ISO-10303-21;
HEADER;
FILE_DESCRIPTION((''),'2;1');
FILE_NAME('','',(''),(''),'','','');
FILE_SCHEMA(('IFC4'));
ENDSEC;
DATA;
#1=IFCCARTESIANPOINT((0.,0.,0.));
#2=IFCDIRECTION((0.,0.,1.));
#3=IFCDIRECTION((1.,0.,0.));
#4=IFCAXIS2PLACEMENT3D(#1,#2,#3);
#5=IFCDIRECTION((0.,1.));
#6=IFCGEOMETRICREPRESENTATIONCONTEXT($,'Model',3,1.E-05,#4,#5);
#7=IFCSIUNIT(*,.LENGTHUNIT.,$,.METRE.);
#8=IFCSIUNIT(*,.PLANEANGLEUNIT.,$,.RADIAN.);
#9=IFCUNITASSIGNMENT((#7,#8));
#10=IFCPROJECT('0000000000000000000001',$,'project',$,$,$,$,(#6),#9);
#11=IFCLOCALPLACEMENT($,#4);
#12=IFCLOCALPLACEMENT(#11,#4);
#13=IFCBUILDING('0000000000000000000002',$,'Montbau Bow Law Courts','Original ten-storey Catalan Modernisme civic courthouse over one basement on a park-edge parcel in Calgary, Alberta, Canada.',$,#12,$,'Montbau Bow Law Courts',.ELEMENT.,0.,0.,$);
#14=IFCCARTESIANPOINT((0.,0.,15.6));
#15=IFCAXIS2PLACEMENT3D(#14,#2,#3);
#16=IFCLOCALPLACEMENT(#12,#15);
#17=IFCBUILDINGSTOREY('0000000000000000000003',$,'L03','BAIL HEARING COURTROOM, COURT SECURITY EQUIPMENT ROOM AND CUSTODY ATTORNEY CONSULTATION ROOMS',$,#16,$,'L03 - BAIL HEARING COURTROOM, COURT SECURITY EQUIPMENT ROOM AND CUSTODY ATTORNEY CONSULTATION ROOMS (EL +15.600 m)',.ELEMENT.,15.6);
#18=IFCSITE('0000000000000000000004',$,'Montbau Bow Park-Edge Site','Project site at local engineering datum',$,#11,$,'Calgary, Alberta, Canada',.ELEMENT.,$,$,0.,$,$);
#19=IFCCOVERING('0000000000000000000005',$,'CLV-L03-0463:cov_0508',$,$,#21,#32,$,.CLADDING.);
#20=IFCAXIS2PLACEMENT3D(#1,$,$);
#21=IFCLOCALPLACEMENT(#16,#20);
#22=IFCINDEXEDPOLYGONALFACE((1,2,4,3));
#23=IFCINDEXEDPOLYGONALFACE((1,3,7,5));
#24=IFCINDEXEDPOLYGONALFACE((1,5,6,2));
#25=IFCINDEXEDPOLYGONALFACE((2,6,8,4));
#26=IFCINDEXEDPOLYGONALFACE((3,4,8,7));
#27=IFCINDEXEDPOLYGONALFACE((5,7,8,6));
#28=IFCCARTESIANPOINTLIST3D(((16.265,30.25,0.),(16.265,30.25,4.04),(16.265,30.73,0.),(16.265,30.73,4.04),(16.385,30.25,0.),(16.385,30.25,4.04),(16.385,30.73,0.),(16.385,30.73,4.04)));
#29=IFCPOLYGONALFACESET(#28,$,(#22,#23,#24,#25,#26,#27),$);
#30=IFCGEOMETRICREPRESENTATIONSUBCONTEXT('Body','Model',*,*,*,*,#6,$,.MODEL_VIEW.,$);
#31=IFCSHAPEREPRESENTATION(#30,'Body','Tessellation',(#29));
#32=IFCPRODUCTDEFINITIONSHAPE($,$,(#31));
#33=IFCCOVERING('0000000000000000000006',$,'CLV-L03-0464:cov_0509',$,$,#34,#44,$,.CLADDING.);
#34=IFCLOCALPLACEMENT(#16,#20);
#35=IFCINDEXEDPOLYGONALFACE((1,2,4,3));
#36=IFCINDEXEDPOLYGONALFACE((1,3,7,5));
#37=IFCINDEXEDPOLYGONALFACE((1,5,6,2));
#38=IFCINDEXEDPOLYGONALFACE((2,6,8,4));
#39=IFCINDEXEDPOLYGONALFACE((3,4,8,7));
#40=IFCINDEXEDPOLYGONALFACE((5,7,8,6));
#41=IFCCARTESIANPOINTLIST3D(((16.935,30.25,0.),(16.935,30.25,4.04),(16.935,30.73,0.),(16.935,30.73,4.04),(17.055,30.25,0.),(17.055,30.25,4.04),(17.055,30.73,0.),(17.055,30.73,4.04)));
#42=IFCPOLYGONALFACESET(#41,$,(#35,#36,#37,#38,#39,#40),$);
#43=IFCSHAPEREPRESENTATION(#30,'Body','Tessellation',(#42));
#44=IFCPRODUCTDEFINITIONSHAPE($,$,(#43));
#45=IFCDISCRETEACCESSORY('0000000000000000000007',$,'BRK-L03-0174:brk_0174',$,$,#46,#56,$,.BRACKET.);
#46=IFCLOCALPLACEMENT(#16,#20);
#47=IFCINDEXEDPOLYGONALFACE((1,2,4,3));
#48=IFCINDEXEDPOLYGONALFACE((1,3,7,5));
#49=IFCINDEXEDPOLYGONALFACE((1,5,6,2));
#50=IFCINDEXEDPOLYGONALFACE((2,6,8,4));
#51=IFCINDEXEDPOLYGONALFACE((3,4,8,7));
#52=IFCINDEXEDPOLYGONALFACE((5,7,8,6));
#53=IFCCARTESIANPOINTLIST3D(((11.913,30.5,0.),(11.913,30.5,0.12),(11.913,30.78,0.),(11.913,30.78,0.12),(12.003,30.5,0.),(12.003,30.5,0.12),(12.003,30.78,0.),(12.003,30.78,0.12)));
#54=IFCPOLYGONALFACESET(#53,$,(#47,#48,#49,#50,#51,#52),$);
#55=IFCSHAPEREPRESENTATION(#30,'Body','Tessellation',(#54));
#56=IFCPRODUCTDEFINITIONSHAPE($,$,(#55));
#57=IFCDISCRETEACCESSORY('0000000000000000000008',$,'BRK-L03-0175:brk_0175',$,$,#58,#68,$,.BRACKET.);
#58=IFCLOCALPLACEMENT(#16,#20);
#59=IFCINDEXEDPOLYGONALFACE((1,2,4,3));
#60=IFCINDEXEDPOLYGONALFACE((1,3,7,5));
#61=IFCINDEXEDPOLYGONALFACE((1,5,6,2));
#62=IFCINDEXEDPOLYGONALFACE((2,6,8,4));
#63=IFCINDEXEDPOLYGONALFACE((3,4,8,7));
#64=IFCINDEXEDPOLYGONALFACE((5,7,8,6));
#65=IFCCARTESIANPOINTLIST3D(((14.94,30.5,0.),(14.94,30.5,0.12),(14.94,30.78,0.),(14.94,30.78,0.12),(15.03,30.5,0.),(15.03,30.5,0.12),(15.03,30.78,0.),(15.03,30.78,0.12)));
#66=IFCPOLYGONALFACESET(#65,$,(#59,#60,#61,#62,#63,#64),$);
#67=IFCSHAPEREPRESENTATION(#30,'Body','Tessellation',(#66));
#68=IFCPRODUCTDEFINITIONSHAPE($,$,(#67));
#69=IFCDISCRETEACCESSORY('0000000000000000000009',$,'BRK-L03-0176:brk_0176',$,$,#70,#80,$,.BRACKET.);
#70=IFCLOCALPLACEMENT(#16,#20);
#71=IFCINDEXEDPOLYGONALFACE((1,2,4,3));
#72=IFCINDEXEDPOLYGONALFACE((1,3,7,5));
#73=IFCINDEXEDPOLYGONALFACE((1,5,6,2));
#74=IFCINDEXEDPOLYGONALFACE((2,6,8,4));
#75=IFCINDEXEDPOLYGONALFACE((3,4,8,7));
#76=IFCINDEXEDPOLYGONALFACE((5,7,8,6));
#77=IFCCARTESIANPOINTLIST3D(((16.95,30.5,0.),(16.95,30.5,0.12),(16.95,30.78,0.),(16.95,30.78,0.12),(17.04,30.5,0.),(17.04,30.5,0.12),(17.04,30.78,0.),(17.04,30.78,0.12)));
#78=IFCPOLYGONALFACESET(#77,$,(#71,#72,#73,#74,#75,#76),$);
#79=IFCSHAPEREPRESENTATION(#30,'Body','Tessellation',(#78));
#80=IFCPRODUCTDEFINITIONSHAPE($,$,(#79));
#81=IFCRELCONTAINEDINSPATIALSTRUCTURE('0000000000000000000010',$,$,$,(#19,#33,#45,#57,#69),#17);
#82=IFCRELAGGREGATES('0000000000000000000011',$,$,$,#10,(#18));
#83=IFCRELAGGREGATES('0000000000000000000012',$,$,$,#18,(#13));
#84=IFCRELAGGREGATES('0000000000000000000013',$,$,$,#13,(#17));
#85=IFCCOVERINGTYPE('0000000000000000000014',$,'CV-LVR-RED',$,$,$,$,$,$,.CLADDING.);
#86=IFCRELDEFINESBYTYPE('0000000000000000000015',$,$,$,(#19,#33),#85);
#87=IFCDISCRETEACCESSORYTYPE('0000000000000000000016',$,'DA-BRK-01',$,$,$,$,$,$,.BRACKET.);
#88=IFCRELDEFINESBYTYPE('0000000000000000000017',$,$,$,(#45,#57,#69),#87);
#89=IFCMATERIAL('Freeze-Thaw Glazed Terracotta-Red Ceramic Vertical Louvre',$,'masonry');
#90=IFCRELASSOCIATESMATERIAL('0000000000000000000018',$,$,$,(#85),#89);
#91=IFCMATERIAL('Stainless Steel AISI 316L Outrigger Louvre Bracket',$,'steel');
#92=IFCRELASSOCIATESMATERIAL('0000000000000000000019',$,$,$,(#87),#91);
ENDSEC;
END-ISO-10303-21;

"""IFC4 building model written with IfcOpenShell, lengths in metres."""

from ifc_helpers import new_model, si_unit, direction, frame, frame_2d, origin_with_axes, origin_2d_with_axis, place, context, subcontext, project, spatial, rectangle, extrude, material, type_object, element, save


model = new_model("IFC4")

# Units and contexts
model_context = context("Model", 3, precision=1e-05, world=origin_with_axes(), true_north=direction((0.0, 1.0)))
body_context = subcontext(model_context, "Body", "Model", "MODEL_VIEW")
ifc_project = project(units=[si_unit("LENGTHUNIT", "METRE"), si_unit("PLANEANGLEUNIT", "RADIAN")], contexts=[model_context])

# Site, building, storey
site_placement = place(None, origin_with_axes())
site = spatial("IfcSite", under=ifc_project, at=site_placement, Name="Montbau Bow Park-Edge Site", Description="Project site at local engineering datum", LongName="Calgary, Alberta, Canada", CompositionType="ELEMENT", RefElevation=0.0)
building_placement = place(site_placement, origin_with_axes())
building = spatial("IfcBuilding", under=site, at=building_placement, Name="Montbau Bow Law Courts", Description="Original ten-storey Catalan Modernisme civic courthouse over one basement on a park-edge parcel in Calgary, Alberta, Canada.", LongName="Montbau Bow Law Courts", CompositionType="ELEMENT", ElevationOfRefHeight=0.0, ElevationOfTerrain=0.0)
storey_placement = place(building_placement, frame((0.0, 0.0, 15.6), z_axis=(0.0, 0.0, 1.0), x_axis=(1.0, 0.0, 0.0)))
storey = spatial("IfcBuildingStorey", under=building, at=storey_placement, Name="L03", Description="BAIL HEARING COURTROOM, COURT SECURITY EQUIPMENT ROOM AND CUSTODY ATTORNEY CONSULTATION ROOMS", LongName="L03 - BAIL HEARING COURTROOM, COURT SECURITY EQUIPMENT ROOM AND CUSTODY ATTORNEY CONSULTATION ROOMS (EL +15.600 m)", CompositionType="ELEMENT", Elevation=15.6)

# Coverings
ifc_material_1 = material(Name="Freeze-Thaw Glazed Terracotta-Red Ceramic Vertical Louvre", Category="masonry")
covering_type = type_object("IfcCoveringType", Name="CV-LVR-RED", PredefinedType="CLADDING", material=ifc_material_1)
for number, where, z_axis, x_axis, name in (
    (1, (16.325, 30.73, 15.6), (-1.0, 0.0, 0.0), (0.0, -1.0, 0.0), "CLV-L03-0463:cov_0508"),
    (2, (16.995, 30.73, 15.6), (-1.0, 0.0, 0.0), (0.0, -1.0, 0.0), "CLV-L03-0464:cov_0509"),
):
    element("IfcCovering", number, at=place(None, frame(where, z_axis=z_axis, x_axis=x_axis)), inside=storey, type_object=covering_type, Name=name, PredefinedType="CLADDING", context=body_context, shape_type="SweptSolid", body=[
        extrude(rectangle(XDim=0.48, YDim=4.04, at=frame_2d((0.24, 2.02), x_axis=(1.0, 0.0))), frame((0.0, 0.0, -0.06), z_axis=(0.0, 0.0, 1.0), x_axis=(1.0, 0.0, 0.0)), (0.0, 0.0, 1.0), 0.12),
    ])

# Discrete accessories
ifc_material_2 = material(Name="Stainless Steel AISI 316L Outrigger Louvre Bracket", Category="steel")
discrete_accessory_type = type_object("IfcDiscreteAccessoryType", Name="DA-BRK-01", PredefinedType="BRACKET", material=ifc_material_2)
for number, where, z_axis, x_axis, name in (
    (3, (11.958, 30.64, 15.6), (0.0, 0.0, 1.0), (0.0, -1.0, 0.0), "BRK-L03-0174:brk_0174"),
    (4, (14.985, 30.64, 15.6), (0.0, 0.0, 1.0), (0.0, -1.0, 0.0), "BRK-L03-0175:brk_0175"),
    (5, (16.995, 30.64, 15.6), (0.0, 0.0, 1.0), (0.0, -1.0, 0.0), "BRK-L03-0176:brk_0176"),
):
    element("IfcDiscreteAccessory", number, at=place(None, frame(where, z_axis=z_axis, x_axis=x_axis)), inside=storey, type_object=discrete_accessory_type, Name=name, PredefinedType="BRACKET", context=body_context, shape_type="SweptSolid", body=[
        extrude(rectangle(XDim=0.28, YDim=0.09, at=origin_2d_with_axis()), origin_with_axes(), (0.0, 0.0, 1.0), 0.12),
    ])

save(model, "model.ifc")
